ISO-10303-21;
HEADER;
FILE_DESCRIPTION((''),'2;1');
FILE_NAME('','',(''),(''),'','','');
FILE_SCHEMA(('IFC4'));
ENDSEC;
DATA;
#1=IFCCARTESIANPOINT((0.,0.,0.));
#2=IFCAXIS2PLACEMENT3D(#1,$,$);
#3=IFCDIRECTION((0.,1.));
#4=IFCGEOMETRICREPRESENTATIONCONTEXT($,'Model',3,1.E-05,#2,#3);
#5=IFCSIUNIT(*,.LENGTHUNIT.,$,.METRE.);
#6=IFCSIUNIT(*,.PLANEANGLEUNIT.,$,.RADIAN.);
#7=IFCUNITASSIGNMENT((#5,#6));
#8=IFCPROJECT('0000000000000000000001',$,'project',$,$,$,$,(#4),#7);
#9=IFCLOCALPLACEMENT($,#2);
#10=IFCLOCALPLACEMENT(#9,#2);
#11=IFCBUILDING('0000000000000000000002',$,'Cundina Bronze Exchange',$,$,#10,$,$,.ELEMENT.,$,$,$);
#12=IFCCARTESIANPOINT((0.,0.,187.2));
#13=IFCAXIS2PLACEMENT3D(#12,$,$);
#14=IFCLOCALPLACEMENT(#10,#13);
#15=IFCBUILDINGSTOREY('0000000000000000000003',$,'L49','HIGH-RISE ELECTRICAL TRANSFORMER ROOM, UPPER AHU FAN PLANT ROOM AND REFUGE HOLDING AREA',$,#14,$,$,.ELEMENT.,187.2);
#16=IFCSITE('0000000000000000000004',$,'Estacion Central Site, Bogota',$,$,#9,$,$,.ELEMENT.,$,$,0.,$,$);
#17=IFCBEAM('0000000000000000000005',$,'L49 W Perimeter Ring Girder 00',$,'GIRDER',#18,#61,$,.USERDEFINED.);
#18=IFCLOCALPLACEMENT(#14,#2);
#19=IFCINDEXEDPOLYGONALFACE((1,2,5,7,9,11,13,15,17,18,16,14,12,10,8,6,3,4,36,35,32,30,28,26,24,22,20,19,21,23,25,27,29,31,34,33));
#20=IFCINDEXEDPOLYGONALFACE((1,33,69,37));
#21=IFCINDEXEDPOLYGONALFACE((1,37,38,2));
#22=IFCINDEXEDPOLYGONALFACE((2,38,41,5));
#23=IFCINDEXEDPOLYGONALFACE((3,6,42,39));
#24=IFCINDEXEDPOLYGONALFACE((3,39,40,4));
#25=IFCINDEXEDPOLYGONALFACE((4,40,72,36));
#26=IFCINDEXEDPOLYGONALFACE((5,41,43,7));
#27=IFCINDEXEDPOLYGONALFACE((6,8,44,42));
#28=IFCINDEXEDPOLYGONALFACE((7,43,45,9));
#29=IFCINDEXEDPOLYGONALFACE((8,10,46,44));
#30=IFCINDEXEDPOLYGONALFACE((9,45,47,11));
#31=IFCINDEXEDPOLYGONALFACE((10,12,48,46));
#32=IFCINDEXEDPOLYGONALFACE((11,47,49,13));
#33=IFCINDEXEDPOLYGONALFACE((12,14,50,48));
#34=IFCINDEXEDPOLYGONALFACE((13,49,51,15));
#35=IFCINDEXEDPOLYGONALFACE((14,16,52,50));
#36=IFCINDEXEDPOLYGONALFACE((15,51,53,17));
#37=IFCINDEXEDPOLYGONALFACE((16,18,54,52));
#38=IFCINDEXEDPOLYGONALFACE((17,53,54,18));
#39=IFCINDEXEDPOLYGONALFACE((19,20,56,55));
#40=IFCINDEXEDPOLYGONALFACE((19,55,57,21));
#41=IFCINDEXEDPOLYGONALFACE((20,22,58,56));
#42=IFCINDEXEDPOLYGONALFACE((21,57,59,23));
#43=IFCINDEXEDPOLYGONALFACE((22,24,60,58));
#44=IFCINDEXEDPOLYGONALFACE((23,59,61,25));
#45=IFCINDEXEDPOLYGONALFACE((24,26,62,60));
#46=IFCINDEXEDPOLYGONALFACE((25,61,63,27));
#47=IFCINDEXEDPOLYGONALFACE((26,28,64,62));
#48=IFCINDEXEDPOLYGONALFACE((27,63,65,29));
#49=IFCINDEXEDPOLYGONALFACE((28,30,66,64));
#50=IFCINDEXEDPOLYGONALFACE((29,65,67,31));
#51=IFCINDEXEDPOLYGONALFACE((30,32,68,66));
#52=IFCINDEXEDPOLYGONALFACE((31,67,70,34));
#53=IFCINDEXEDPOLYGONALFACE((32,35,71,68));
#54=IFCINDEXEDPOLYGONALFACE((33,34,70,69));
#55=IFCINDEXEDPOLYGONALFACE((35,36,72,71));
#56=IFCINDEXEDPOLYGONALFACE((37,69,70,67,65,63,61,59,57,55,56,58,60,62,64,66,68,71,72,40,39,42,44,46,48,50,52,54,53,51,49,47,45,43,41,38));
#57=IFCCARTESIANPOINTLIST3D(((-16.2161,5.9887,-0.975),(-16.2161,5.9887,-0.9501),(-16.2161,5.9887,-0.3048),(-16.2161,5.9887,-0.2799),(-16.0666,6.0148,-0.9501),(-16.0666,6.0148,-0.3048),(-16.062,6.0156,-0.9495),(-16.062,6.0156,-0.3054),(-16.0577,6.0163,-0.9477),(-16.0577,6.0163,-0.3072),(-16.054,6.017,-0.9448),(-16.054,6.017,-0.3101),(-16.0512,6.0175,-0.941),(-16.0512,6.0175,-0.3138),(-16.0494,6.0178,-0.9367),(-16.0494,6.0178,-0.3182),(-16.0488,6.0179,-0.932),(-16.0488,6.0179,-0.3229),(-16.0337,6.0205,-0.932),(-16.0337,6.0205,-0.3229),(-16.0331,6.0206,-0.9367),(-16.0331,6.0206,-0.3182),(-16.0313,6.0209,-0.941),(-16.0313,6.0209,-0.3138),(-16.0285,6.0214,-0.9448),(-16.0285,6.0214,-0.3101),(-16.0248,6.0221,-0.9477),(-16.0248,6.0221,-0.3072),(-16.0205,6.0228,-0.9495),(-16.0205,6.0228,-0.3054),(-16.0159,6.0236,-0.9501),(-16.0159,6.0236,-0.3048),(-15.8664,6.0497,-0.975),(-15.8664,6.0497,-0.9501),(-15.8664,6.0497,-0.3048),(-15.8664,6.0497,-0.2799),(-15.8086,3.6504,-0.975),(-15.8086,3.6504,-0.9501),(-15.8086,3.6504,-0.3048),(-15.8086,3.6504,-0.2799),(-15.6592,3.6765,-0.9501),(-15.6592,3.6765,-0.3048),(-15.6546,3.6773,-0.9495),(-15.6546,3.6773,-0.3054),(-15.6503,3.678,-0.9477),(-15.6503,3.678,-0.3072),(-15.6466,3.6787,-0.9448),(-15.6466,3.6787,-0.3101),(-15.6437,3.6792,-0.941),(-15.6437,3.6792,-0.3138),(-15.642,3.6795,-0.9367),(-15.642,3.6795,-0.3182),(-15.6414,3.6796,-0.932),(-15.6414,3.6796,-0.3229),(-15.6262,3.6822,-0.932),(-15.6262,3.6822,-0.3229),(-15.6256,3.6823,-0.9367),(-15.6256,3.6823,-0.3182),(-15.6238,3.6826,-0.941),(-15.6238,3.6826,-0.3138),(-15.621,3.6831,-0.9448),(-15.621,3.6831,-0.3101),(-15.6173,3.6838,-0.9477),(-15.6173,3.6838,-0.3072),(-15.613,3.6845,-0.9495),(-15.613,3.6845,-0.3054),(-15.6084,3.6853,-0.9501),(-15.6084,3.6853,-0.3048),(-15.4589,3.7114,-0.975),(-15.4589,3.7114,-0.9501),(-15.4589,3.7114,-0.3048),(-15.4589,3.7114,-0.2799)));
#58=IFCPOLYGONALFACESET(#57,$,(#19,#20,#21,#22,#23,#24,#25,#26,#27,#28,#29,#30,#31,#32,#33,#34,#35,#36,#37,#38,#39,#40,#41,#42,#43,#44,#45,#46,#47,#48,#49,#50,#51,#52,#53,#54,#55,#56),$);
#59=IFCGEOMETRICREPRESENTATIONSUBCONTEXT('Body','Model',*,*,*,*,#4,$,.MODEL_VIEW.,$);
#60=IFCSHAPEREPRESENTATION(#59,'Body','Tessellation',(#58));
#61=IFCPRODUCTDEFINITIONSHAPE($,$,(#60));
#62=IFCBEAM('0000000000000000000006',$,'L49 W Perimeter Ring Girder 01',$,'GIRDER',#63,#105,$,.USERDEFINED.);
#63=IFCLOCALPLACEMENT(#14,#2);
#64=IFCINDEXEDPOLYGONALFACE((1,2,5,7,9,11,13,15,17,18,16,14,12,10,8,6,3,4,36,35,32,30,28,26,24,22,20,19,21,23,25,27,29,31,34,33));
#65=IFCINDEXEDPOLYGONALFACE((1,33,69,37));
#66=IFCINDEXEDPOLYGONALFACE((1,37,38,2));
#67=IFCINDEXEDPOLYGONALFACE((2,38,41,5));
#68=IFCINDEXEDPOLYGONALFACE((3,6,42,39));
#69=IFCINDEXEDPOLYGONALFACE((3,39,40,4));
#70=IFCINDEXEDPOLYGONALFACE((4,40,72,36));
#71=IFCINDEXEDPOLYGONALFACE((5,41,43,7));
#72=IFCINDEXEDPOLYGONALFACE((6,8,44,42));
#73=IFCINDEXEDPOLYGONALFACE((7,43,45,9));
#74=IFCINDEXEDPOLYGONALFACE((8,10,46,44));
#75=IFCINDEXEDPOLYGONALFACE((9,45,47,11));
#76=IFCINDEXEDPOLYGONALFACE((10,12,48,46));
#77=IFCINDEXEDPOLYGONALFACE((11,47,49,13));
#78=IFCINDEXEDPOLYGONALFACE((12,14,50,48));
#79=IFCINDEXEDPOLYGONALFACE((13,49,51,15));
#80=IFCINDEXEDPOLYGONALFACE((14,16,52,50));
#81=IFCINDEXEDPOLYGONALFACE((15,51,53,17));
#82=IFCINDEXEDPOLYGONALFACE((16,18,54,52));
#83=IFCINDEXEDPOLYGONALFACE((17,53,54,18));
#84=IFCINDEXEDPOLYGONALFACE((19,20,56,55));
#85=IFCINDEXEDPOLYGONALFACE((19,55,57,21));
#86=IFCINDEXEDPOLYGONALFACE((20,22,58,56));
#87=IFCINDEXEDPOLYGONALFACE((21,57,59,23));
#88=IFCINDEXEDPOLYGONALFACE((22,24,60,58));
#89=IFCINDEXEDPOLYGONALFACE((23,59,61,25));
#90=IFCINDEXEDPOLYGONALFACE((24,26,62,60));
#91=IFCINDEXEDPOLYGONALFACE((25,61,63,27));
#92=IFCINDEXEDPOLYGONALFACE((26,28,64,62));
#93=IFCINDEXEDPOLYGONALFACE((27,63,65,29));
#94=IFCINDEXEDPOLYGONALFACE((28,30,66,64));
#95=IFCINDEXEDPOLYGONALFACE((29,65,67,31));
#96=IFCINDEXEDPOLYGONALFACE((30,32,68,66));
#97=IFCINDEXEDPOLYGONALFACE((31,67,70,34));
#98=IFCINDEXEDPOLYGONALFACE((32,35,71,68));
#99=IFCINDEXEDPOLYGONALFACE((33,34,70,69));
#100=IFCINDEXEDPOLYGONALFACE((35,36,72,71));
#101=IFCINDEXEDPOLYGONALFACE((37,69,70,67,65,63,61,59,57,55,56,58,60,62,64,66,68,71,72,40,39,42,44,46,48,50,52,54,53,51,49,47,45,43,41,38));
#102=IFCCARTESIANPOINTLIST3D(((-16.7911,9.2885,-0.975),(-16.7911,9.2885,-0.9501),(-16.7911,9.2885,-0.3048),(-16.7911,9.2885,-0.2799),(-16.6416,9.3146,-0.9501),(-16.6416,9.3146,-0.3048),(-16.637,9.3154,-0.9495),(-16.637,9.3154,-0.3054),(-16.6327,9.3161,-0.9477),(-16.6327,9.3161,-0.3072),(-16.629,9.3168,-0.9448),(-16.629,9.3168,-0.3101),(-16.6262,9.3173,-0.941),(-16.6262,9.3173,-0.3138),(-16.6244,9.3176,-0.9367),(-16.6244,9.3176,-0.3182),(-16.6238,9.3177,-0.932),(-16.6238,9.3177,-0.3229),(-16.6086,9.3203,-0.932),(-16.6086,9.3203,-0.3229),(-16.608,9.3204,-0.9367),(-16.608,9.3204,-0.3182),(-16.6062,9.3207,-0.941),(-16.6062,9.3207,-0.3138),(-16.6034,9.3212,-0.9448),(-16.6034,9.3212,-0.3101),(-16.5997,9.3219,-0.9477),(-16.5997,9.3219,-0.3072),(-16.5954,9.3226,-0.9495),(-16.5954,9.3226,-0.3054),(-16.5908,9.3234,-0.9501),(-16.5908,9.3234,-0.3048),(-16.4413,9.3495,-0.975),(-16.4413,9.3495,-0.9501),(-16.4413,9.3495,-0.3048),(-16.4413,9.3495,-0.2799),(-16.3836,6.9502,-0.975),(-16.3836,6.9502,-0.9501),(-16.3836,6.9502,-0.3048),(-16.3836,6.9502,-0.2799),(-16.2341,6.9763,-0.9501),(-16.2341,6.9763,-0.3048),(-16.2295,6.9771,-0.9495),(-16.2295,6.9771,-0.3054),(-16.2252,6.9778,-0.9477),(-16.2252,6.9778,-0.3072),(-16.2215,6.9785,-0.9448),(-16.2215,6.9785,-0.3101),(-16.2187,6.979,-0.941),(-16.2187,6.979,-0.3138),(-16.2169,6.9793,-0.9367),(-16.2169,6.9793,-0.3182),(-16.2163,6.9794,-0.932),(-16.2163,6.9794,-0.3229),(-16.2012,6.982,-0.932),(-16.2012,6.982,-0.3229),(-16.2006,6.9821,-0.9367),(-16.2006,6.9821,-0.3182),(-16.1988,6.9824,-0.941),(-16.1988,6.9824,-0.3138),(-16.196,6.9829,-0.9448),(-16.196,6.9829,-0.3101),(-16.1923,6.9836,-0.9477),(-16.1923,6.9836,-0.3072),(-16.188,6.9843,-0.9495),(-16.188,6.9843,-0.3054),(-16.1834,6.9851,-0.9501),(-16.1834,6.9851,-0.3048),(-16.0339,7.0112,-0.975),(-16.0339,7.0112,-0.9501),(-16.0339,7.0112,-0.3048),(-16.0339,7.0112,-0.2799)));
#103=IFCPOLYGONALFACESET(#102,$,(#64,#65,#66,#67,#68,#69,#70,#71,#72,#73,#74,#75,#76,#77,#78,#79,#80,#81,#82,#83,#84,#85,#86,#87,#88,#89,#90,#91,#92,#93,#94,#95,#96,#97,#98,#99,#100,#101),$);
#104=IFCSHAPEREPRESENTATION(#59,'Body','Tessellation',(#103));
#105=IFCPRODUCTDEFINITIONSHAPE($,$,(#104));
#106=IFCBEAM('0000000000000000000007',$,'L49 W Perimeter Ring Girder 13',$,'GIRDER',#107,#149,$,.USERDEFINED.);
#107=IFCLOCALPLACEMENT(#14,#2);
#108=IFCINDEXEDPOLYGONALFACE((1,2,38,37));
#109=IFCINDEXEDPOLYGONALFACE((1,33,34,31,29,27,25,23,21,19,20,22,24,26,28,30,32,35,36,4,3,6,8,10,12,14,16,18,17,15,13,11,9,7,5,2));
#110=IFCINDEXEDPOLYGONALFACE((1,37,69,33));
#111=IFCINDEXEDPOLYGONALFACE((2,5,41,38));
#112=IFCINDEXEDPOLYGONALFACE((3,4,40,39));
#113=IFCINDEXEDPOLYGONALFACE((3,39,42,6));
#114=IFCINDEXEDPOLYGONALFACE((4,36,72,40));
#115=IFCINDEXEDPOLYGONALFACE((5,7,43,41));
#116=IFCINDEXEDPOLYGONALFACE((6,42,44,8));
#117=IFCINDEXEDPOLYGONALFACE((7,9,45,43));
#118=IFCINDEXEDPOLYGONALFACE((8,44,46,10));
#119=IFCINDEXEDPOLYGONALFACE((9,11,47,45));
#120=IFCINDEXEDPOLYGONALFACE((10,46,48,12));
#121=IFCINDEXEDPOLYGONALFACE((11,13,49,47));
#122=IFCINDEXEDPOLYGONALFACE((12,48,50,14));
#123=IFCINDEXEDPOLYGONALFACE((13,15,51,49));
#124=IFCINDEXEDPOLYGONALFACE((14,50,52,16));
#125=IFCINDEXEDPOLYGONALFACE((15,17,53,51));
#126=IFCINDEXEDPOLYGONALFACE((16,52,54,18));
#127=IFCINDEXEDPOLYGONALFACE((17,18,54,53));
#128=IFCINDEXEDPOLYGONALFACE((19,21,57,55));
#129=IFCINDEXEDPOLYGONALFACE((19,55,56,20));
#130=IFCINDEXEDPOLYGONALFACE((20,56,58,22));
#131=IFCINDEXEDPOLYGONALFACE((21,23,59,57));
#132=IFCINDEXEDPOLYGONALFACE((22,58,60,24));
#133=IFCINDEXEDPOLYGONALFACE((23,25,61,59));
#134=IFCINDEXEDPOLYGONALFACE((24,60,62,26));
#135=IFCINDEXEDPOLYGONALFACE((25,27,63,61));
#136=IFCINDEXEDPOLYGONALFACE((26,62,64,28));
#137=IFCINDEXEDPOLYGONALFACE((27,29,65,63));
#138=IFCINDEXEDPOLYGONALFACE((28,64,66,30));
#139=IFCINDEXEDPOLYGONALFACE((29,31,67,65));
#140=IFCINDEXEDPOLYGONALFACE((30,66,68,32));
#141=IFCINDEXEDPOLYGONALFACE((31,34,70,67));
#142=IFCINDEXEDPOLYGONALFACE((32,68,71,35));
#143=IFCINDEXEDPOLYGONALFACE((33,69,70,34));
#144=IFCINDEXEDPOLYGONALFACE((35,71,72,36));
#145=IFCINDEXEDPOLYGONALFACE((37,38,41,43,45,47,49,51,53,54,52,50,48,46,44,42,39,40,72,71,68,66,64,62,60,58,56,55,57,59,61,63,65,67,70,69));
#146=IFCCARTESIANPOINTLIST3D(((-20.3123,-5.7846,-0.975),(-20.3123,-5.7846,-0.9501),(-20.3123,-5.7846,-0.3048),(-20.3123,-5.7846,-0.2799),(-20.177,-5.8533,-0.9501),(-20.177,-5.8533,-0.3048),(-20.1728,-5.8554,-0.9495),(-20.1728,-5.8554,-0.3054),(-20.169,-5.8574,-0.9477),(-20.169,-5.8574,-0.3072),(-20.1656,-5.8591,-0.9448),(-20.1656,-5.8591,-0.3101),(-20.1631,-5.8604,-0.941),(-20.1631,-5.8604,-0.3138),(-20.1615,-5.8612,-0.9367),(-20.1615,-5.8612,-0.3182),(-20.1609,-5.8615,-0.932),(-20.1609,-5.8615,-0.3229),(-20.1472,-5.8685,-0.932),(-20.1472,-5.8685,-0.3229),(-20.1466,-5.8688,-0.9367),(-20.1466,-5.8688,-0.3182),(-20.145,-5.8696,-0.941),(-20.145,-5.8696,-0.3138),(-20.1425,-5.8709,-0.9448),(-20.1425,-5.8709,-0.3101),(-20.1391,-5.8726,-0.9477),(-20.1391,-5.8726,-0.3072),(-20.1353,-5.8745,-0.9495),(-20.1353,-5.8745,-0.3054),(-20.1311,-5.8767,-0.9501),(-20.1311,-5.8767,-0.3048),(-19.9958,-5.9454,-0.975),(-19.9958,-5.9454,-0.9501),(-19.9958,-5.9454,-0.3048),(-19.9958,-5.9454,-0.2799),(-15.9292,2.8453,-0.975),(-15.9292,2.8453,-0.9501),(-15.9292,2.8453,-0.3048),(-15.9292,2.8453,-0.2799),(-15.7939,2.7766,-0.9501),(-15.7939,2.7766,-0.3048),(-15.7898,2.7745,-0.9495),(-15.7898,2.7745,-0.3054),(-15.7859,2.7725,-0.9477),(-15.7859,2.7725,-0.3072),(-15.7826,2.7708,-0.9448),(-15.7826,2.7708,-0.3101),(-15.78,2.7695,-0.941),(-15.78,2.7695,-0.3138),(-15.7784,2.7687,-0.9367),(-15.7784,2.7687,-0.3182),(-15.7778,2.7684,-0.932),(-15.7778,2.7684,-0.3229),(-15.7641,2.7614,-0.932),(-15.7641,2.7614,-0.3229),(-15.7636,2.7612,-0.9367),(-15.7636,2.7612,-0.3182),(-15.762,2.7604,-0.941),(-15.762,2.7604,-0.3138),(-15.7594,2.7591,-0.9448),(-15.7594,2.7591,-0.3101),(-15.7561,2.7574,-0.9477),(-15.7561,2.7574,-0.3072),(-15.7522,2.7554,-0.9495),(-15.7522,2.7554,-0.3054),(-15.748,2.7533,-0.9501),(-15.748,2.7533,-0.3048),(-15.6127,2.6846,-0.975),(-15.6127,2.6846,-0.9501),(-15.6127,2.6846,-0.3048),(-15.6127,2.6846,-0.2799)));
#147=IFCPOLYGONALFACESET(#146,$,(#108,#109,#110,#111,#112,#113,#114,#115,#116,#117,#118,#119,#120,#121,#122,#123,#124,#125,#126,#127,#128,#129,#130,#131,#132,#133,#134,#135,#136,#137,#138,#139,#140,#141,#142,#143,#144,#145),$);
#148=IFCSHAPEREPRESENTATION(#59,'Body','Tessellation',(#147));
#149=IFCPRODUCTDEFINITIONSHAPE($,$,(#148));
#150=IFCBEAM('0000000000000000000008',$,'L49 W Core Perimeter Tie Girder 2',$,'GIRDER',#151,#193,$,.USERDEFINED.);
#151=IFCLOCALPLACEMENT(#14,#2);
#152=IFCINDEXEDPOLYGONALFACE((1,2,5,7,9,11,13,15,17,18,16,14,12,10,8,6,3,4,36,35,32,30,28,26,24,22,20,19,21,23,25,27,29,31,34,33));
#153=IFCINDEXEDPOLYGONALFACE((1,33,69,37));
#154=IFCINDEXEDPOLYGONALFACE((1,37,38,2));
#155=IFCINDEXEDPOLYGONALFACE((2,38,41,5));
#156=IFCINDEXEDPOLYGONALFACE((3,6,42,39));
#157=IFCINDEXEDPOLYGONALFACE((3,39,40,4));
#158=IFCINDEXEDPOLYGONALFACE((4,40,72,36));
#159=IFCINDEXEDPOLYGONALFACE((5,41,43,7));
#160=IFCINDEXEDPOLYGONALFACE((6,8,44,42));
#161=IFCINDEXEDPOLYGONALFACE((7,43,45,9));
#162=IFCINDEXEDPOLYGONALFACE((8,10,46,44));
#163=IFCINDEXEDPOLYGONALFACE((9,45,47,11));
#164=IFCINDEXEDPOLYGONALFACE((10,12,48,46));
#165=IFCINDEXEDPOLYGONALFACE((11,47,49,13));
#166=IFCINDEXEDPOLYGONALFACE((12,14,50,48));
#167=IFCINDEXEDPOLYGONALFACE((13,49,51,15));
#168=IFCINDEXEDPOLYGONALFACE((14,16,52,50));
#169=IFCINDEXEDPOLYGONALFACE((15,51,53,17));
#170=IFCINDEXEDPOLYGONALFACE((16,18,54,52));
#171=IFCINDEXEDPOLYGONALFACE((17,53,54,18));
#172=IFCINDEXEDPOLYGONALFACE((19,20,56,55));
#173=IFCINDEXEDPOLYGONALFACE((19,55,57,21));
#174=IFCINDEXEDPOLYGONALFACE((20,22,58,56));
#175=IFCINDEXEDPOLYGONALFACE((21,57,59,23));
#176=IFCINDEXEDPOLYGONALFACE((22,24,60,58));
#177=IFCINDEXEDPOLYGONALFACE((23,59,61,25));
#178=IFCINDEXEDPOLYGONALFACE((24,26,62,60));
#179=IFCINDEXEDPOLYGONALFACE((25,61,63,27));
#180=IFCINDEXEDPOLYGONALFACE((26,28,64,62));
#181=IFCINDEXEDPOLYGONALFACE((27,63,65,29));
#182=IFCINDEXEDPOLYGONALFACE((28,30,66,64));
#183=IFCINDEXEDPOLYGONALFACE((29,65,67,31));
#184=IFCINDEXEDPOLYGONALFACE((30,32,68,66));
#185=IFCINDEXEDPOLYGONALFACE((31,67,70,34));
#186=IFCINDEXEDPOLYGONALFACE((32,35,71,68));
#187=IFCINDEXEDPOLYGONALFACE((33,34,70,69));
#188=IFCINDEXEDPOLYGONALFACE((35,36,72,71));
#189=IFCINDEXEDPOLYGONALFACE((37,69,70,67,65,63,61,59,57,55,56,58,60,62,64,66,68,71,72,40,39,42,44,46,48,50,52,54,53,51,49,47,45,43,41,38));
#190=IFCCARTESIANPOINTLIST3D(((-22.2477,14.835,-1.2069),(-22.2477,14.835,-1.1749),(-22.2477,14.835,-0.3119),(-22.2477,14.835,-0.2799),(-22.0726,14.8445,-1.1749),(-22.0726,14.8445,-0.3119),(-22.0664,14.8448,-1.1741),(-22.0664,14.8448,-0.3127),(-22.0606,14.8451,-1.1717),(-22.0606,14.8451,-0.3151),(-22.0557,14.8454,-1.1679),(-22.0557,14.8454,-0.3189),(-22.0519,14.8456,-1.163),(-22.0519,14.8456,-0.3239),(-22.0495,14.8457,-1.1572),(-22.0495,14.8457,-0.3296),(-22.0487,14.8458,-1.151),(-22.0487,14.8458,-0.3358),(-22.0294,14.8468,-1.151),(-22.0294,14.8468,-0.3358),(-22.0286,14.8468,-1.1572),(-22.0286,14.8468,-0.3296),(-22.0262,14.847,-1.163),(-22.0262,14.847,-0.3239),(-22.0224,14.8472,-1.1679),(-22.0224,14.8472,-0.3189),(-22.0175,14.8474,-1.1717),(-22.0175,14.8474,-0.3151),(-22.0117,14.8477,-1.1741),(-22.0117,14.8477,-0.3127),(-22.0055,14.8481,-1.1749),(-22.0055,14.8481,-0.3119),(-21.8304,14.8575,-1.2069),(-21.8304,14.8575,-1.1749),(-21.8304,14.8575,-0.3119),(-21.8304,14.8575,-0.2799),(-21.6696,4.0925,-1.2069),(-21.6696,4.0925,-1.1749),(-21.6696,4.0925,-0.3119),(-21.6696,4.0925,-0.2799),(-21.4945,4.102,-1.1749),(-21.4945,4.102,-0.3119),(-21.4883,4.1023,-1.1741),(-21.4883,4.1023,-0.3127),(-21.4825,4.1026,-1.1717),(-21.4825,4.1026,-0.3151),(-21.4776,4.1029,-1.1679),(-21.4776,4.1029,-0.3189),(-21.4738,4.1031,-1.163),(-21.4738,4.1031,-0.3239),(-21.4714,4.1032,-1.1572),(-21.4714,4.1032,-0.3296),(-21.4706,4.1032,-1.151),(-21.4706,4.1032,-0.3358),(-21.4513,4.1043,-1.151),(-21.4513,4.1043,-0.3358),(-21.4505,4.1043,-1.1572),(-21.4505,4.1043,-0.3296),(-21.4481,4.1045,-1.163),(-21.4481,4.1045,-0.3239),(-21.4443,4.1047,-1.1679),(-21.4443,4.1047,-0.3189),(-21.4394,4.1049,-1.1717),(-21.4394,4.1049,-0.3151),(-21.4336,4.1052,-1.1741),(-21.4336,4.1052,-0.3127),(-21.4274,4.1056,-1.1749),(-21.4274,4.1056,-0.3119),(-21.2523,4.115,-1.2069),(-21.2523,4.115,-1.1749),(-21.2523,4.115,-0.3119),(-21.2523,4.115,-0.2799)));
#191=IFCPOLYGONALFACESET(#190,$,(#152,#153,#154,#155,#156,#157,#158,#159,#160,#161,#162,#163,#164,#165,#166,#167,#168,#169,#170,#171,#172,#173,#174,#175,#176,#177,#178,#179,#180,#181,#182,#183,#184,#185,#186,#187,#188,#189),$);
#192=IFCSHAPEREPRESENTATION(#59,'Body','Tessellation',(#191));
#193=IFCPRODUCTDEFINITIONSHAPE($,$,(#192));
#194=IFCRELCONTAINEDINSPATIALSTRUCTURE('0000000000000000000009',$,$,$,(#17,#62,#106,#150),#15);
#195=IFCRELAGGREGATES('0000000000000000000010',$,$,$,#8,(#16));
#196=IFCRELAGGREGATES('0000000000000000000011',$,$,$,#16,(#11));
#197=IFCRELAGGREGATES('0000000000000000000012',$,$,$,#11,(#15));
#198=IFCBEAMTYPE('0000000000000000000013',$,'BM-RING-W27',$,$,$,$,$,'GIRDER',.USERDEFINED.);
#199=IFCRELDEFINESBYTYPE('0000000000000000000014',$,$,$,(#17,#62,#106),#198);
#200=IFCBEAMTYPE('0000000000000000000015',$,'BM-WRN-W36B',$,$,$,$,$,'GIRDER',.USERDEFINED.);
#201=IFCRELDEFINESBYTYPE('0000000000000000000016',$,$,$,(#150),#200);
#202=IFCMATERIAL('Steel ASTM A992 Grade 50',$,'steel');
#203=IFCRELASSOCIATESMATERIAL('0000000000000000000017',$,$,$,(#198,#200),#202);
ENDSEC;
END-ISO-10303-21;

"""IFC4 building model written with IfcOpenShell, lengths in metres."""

from ifc_helpers import new_model, si_unit, direction, frame, origin, origin_2d, place, context, subcontext, project, spatial, i_section, extrude, material, material_profile, profile_set, type_object, element, save


model = new_model("IFC4")

# Units and contexts
model_context = context("Model", 3, precision=1e-05, world=origin(), true_north=direction((0.0, 1.0)))
body_context = subcontext(model_context, "Body", "Model", "MODEL_VIEW")
ifc_project = project(units=[si_unit("LENGTHUNIT", "METRE"), si_unit("PLANEANGLEUNIT", "RADIAN")], contexts=[model_context])

# Site, building, storey
site_placement = place(None, origin())
site = spatial("IfcSite", under=ifc_project, at=site_placement, Name="Estacion Central Site, Bogota", CompositionType="ELEMENT", RefElevation=0.0)
building_placement = place(site_placement, origin())
building = spatial("IfcBuilding", under=site, at=building_placement, Name="Cundina Bronze Exchange", CompositionType="ELEMENT")
storey_placement = place(building_placement, frame((0.0, 0.0, 187.2)))
storey = spatial("IfcBuildingStorey", under=building, at=storey_placement, Name="L49", Description="HIGH-RISE ELECTRICAL TRANSFORMER ROOM, UPPER AHU FAN PLANT ROOM AND REFUGE HOLDING AREA", CompositionType="ELEMENT", Elevation=187.2)

# Shared definitions
ifc_material_1 = material(Name="Steel ASTM A992 Grade 50", Category="steel")

# Beams
ifc_material_profile_1 = material_profile(ifc_material_1, i_section(OverallWidth=0.355, OverallDepth=0.6951, WebThickness=0.0154, FlangeThickness=0.0249, FilletRadius=0.0181, at=origin_2d()), Name="W27X146", Category="steel")
ifc_profile_set_1 = profile_set([ifc_material_profile_1], Name="Steel ASTM A992 Grade 50")
beam_type_1 = type_object("IfcBeamType", Name="BM-RING-W27", ElementType="GIRDER", PredefinedType="USERDEFINED", material=ifc_profile_set_1)
for number, where, z_axis, x_axis, name in (
    (1, (-15.6338, 3.6809, -0.6274), (-0.171667, 0.985155, 0.0), (-0.985155, -0.171667, 0.0), "L49 W Perimeter Ring Girder 00"),
    (2, (-16.2087, 6.9807, -0.6274), (-0.171667, 0.985155, 0.0), (-0.985155, -0.171667, 0.0), "L49 W Perimeter Ring Girder 01"),
):
    element("IfcBeam", number, at=place(storey_placement, frame(where, z_axis=z_axis, x_axis=x_axis)), inside=storey, type_object=beam_type_1, Name=name, ObjectType="GIRDER", PredefinedType="USERDEFINED", context=body_context, shape_type="SweptSolid", body=[
        extrude(i_section(OverallWidth=0.355, OverallDepth=0.6951, WebThickness=0.0154, FlangeThickness=0.0249, FilletRadius=0.0181, at=origin_2d()), origin(), (0.0, 0.0, 1.0), 2.3735),
    ])
beam_1_placement = place(storey_placement, frame((-20.1541, -5.865, -0.6274), z_axis=(0.452835, 0.891595, 0.0), x_axis=(-0.891595, 0.452835, 0.0)))
element("IfcBeam", 3, at=beam_1_placement, inside=storey, type_object=beam_type_1, Name="L49 W Perimeter Ring Girder 13", ObjectType="GIRDER", PredefinedType="USERDEFINED", context=body_context, shape_type="SweptSolid", body=[
    extrude(i_section(OverallWidth=0.355, OverallDepth=0.6951, WebThickness=0.0154, FlangeThickness=0.0249, FilletRadius=0.0181, at=origin_2d()), origin(), (0.0, 0.0, 1.0), 9.6792),
])
ifc_material_profile_2 = material_profile(ifc_material_1, i_section(OverallWidth=0.418, OverallDepth=0.927, WebThickness=0.0193, FlangeThickness=0.032, FilletRadius=0.0239, at=origin_2d()), Name="W36X231", Category="steel")
ifc_profile_set_2 = profile_set([ifc_material_profile_2], Name="Steel ASTM A992 Grade 50")
beam_type_2 = type_object("IfcBeamType", Name="BM-WRN-W36B", ElementType="GIRDER", PredefinedType="USERDEFINED", material=ifc_profile_set_2)
beam_2_placement = place(storey_placement, frame((-21.4609, 4.1038, -0.7434), z_axis=(-0.053739, 0.998555, 0.0), x_axis=(-0.998555, -0.053739, 0.0)))
element("IfcBeam", 4, at=beam_2_placement, inside=storey, type_object=beam_type_2, Name="L49 W Core Perimeter Tie Girder 2", ObjectType="GIRDER", PredefinedType="USERDEFINED", context=body_context, shape_type="SweptSolid", body=[
    extrude(i_section(OverallWidth=0.418, OverallDepth=0.927, WebThickness=0.0193, FlangeThickness=0.032, FilletRadius=0.0239, at=origin_2d()), origin(), (0.0, 0.0, 1.0), 10.7581),
])

save(model, "model.ifc")
